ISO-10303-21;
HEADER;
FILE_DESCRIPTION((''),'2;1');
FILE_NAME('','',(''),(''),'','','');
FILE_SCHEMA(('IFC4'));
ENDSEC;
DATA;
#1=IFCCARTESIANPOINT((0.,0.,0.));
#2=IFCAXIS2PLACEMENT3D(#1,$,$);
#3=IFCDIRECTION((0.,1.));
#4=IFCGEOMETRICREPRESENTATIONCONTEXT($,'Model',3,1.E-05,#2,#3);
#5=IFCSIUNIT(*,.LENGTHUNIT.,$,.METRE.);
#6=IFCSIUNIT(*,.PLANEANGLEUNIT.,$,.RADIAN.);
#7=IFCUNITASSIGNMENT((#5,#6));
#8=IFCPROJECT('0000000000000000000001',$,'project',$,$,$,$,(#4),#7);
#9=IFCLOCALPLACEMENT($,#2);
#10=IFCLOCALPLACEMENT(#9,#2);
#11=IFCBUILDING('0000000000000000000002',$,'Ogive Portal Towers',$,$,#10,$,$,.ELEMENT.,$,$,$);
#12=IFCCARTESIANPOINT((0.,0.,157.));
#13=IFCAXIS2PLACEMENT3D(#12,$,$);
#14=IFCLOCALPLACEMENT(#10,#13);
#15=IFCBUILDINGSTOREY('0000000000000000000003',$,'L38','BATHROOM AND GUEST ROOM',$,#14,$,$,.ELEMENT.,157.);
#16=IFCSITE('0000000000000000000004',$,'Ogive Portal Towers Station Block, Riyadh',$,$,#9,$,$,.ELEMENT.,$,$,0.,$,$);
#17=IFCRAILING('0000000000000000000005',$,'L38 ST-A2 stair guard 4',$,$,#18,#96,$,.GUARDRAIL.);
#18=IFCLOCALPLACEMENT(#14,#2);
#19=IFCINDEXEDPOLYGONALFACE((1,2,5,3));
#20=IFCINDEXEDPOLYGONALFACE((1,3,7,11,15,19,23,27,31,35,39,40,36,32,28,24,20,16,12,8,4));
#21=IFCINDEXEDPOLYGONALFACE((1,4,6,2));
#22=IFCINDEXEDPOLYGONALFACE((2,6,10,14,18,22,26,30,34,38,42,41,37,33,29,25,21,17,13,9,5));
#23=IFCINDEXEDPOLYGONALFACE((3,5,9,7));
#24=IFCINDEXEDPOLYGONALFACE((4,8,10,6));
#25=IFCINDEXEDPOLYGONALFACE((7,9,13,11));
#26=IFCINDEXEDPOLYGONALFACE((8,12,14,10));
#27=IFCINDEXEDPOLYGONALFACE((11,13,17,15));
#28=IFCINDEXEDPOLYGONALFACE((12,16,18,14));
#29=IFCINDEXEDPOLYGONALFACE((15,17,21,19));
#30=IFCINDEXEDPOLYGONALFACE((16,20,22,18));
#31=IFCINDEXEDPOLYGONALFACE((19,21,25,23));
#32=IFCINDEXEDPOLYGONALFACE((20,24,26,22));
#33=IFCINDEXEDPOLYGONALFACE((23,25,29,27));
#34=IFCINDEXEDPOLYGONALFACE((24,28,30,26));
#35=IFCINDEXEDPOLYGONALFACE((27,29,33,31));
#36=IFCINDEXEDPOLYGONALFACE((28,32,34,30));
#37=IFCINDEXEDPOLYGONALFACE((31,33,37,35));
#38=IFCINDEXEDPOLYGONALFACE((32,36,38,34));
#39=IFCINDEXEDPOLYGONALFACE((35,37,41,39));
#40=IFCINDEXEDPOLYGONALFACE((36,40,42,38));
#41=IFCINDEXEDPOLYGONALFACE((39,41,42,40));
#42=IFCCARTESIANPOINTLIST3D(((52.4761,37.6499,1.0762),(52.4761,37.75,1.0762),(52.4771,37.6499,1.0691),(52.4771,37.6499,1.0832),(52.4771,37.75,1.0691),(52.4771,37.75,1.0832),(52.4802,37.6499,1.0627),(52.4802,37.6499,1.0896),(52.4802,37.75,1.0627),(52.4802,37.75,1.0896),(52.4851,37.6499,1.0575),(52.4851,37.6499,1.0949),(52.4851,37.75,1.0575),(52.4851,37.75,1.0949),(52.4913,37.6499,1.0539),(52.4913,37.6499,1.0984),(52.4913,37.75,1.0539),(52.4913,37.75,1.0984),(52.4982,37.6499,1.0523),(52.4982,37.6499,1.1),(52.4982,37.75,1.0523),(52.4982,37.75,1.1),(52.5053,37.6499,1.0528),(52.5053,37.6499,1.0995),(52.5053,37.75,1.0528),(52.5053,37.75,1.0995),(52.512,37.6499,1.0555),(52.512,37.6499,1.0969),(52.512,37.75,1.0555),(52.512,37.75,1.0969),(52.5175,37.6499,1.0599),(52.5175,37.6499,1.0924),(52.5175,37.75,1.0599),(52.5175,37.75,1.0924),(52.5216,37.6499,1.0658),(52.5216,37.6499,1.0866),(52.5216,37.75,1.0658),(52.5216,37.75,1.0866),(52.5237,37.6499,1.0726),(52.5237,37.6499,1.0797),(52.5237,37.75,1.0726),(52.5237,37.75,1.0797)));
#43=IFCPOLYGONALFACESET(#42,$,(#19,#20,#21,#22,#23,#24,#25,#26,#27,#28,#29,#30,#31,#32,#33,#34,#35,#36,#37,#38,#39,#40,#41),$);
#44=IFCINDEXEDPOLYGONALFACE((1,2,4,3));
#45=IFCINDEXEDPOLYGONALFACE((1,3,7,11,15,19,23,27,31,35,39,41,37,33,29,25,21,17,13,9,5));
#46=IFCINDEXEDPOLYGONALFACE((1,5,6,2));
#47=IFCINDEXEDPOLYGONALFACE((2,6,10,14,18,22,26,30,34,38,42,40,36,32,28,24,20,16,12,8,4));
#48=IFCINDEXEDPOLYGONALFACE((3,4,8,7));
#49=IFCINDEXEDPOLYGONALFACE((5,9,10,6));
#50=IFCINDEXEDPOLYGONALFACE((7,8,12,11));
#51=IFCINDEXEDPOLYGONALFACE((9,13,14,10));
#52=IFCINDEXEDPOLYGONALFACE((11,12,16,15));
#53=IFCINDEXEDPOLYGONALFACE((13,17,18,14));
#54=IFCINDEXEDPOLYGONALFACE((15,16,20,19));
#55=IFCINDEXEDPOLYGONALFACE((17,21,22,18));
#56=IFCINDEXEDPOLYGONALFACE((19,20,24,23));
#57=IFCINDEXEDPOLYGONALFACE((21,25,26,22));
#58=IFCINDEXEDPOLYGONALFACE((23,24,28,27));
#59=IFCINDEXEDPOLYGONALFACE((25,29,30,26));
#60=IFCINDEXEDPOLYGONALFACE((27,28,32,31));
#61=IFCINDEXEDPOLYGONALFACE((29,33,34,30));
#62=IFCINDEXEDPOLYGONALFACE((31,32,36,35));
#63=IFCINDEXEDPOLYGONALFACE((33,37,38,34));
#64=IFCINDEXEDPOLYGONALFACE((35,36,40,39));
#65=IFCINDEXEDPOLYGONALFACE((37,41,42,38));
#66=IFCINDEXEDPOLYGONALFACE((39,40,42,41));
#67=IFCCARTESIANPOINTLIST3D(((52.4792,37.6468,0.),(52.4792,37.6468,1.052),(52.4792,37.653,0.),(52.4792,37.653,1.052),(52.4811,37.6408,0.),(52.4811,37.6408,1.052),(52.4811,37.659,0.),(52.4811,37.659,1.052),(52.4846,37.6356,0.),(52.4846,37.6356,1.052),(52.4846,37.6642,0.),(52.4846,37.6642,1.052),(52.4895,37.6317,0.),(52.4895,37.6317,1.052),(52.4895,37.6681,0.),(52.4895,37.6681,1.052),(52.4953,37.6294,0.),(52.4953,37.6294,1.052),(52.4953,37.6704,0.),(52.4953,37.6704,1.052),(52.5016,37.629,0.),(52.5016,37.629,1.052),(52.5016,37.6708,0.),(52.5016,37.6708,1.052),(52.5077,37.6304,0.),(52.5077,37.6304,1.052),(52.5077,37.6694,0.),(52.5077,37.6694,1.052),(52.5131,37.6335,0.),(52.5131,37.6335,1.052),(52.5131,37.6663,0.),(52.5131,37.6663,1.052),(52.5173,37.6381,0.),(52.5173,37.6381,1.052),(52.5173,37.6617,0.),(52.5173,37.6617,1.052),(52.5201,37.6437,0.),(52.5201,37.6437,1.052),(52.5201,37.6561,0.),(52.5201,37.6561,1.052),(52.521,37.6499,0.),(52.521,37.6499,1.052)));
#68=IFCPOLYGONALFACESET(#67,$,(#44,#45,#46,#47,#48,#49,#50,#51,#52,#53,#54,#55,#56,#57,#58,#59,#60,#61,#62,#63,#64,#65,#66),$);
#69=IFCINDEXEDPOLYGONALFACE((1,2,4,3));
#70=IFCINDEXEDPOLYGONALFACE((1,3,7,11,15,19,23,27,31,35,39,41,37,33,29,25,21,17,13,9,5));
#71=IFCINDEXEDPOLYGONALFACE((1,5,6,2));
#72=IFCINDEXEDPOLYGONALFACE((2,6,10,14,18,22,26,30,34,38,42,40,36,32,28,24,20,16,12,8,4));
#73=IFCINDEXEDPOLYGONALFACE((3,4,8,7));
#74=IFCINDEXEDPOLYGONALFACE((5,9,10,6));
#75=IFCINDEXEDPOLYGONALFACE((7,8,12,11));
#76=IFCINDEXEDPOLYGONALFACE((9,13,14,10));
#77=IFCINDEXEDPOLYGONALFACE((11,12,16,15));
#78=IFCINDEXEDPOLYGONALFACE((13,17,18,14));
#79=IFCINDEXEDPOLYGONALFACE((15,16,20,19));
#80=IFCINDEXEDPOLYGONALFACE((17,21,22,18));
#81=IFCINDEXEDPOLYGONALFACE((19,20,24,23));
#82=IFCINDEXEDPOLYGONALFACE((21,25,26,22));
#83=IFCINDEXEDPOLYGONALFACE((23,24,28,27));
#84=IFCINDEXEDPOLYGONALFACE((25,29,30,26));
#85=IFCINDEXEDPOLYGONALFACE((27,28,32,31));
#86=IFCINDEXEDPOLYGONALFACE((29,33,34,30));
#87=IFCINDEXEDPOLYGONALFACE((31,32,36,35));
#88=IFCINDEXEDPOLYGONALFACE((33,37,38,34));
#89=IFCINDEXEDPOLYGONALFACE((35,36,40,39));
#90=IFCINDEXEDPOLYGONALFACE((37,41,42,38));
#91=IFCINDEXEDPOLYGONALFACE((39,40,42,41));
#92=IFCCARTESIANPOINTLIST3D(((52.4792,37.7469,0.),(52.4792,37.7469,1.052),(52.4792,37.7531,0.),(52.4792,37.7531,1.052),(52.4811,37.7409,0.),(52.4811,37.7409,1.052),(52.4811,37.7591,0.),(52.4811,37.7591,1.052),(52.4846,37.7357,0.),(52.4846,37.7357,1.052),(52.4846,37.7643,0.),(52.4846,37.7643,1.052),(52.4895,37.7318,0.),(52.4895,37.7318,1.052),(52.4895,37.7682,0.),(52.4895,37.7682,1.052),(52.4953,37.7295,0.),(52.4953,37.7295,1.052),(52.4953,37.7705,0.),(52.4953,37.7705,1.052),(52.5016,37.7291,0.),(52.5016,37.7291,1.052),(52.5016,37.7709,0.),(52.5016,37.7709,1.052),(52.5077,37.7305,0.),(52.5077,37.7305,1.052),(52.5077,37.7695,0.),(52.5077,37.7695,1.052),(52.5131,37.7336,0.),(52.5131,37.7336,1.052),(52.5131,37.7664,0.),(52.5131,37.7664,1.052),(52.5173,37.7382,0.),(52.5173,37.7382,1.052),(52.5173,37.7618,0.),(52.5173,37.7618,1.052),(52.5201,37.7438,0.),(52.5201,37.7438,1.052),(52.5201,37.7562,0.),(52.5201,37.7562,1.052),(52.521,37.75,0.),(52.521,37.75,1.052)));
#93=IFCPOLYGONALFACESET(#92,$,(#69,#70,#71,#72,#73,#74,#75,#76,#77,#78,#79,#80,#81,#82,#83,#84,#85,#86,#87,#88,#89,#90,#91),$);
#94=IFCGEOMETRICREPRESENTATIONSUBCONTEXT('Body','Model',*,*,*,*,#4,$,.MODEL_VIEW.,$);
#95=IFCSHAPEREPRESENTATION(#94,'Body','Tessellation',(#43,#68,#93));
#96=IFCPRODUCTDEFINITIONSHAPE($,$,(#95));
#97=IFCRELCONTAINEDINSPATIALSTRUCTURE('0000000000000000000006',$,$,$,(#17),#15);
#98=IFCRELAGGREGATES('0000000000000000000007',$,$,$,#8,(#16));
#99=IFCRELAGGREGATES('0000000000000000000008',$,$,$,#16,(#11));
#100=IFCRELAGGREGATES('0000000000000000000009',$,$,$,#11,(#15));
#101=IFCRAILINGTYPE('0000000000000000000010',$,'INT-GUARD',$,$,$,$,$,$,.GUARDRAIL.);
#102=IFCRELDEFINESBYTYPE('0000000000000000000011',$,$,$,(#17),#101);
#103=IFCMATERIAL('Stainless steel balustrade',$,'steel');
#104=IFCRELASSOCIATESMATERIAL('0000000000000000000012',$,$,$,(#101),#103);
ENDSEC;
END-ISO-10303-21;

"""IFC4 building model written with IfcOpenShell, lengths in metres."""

from ifc_helpers import new_model, si_unit, direction, frame, origin, origin_2d, place, context, subcontext, project, spatial, circle, extrude, material, type_object, element, save


model = new_model("IFC4")

# Units and contexts
model_context = context("Model", 3, precision=1e-05, world=origin(), true_north=direction((0.0, 1.0)))
body_context = subcontext(model_context, "Body", "Model", "MODEL_VIEW")
ifc_project = project(units=[si_unit("LENGTHUNIT", "METRE"), si_unit("PLANEANGLEUNIT", "RADIAN")], contexts=[model_context])

# Site, building, storey
site_placement = place(None, origin())
site = spatial("IfcSite", under=ifc_project, at=site_placement, Name="Ogive Portal Towers Station Block, Riyadh", CompositionType="ELEMENT", RefElevation=0.0)
building_placement = place(site_placement, origin())
building = spatial("IfcBuilding", under=site, at=building_placement, Name="Ogive Portal Towers", CompositionType="ELEMENT")
storey_placement = place(building_placement, frame((0.0, 0.0, 157.0)))
storey = spatial("IfcBuildingStorey", under=building, at=storey_placement, Name="L38", Description="BATHROOM AND GUEST ROOM", CompositionType="ELEMENT", Elevation=157.0)

# Railing
ifc_material_1 = material(Name="Stainless steel balustrade", Category="steel")
railing_type_1 = type_object("IfcRailingType", Name="INT-GUARD", PredefinedType="GUARDRAIL", material=ifc_material_1)
railing_1_placement = place(storey_placement, frame((52.5, 37.6499, 0.0)))
element("IfcRailing", 1, at=railing_1_placement, inside=storey, type_object=railing_type_1, Name="L38 ST-A2 stair guard 4", PredefinedType="GUARDRAIL", context=body_context, shape_type="SweptSolid", body=[
    extrude(circle(Radius=0.0239, at=origin_2d()), frame((0.0, 0.0, 1.0762), z_axis=(0.0, 1.0, 0.0), x_axis=(-1.0, 0.0, 0.0)), (0.0, 0.0, 1.0), 0.1001),
    extrude(circle(Radius=0.021, at=origin_2d()), origin(), (0.0, 0.0, 1.0), 1.052),
    extrude(circle(Radius=0.021, at=origin_2d()), frame((0.0, 0.1001, 0.0)), (0.0, 0.0, 1.0), 1.052),
])

save(model, "model.ifc")
